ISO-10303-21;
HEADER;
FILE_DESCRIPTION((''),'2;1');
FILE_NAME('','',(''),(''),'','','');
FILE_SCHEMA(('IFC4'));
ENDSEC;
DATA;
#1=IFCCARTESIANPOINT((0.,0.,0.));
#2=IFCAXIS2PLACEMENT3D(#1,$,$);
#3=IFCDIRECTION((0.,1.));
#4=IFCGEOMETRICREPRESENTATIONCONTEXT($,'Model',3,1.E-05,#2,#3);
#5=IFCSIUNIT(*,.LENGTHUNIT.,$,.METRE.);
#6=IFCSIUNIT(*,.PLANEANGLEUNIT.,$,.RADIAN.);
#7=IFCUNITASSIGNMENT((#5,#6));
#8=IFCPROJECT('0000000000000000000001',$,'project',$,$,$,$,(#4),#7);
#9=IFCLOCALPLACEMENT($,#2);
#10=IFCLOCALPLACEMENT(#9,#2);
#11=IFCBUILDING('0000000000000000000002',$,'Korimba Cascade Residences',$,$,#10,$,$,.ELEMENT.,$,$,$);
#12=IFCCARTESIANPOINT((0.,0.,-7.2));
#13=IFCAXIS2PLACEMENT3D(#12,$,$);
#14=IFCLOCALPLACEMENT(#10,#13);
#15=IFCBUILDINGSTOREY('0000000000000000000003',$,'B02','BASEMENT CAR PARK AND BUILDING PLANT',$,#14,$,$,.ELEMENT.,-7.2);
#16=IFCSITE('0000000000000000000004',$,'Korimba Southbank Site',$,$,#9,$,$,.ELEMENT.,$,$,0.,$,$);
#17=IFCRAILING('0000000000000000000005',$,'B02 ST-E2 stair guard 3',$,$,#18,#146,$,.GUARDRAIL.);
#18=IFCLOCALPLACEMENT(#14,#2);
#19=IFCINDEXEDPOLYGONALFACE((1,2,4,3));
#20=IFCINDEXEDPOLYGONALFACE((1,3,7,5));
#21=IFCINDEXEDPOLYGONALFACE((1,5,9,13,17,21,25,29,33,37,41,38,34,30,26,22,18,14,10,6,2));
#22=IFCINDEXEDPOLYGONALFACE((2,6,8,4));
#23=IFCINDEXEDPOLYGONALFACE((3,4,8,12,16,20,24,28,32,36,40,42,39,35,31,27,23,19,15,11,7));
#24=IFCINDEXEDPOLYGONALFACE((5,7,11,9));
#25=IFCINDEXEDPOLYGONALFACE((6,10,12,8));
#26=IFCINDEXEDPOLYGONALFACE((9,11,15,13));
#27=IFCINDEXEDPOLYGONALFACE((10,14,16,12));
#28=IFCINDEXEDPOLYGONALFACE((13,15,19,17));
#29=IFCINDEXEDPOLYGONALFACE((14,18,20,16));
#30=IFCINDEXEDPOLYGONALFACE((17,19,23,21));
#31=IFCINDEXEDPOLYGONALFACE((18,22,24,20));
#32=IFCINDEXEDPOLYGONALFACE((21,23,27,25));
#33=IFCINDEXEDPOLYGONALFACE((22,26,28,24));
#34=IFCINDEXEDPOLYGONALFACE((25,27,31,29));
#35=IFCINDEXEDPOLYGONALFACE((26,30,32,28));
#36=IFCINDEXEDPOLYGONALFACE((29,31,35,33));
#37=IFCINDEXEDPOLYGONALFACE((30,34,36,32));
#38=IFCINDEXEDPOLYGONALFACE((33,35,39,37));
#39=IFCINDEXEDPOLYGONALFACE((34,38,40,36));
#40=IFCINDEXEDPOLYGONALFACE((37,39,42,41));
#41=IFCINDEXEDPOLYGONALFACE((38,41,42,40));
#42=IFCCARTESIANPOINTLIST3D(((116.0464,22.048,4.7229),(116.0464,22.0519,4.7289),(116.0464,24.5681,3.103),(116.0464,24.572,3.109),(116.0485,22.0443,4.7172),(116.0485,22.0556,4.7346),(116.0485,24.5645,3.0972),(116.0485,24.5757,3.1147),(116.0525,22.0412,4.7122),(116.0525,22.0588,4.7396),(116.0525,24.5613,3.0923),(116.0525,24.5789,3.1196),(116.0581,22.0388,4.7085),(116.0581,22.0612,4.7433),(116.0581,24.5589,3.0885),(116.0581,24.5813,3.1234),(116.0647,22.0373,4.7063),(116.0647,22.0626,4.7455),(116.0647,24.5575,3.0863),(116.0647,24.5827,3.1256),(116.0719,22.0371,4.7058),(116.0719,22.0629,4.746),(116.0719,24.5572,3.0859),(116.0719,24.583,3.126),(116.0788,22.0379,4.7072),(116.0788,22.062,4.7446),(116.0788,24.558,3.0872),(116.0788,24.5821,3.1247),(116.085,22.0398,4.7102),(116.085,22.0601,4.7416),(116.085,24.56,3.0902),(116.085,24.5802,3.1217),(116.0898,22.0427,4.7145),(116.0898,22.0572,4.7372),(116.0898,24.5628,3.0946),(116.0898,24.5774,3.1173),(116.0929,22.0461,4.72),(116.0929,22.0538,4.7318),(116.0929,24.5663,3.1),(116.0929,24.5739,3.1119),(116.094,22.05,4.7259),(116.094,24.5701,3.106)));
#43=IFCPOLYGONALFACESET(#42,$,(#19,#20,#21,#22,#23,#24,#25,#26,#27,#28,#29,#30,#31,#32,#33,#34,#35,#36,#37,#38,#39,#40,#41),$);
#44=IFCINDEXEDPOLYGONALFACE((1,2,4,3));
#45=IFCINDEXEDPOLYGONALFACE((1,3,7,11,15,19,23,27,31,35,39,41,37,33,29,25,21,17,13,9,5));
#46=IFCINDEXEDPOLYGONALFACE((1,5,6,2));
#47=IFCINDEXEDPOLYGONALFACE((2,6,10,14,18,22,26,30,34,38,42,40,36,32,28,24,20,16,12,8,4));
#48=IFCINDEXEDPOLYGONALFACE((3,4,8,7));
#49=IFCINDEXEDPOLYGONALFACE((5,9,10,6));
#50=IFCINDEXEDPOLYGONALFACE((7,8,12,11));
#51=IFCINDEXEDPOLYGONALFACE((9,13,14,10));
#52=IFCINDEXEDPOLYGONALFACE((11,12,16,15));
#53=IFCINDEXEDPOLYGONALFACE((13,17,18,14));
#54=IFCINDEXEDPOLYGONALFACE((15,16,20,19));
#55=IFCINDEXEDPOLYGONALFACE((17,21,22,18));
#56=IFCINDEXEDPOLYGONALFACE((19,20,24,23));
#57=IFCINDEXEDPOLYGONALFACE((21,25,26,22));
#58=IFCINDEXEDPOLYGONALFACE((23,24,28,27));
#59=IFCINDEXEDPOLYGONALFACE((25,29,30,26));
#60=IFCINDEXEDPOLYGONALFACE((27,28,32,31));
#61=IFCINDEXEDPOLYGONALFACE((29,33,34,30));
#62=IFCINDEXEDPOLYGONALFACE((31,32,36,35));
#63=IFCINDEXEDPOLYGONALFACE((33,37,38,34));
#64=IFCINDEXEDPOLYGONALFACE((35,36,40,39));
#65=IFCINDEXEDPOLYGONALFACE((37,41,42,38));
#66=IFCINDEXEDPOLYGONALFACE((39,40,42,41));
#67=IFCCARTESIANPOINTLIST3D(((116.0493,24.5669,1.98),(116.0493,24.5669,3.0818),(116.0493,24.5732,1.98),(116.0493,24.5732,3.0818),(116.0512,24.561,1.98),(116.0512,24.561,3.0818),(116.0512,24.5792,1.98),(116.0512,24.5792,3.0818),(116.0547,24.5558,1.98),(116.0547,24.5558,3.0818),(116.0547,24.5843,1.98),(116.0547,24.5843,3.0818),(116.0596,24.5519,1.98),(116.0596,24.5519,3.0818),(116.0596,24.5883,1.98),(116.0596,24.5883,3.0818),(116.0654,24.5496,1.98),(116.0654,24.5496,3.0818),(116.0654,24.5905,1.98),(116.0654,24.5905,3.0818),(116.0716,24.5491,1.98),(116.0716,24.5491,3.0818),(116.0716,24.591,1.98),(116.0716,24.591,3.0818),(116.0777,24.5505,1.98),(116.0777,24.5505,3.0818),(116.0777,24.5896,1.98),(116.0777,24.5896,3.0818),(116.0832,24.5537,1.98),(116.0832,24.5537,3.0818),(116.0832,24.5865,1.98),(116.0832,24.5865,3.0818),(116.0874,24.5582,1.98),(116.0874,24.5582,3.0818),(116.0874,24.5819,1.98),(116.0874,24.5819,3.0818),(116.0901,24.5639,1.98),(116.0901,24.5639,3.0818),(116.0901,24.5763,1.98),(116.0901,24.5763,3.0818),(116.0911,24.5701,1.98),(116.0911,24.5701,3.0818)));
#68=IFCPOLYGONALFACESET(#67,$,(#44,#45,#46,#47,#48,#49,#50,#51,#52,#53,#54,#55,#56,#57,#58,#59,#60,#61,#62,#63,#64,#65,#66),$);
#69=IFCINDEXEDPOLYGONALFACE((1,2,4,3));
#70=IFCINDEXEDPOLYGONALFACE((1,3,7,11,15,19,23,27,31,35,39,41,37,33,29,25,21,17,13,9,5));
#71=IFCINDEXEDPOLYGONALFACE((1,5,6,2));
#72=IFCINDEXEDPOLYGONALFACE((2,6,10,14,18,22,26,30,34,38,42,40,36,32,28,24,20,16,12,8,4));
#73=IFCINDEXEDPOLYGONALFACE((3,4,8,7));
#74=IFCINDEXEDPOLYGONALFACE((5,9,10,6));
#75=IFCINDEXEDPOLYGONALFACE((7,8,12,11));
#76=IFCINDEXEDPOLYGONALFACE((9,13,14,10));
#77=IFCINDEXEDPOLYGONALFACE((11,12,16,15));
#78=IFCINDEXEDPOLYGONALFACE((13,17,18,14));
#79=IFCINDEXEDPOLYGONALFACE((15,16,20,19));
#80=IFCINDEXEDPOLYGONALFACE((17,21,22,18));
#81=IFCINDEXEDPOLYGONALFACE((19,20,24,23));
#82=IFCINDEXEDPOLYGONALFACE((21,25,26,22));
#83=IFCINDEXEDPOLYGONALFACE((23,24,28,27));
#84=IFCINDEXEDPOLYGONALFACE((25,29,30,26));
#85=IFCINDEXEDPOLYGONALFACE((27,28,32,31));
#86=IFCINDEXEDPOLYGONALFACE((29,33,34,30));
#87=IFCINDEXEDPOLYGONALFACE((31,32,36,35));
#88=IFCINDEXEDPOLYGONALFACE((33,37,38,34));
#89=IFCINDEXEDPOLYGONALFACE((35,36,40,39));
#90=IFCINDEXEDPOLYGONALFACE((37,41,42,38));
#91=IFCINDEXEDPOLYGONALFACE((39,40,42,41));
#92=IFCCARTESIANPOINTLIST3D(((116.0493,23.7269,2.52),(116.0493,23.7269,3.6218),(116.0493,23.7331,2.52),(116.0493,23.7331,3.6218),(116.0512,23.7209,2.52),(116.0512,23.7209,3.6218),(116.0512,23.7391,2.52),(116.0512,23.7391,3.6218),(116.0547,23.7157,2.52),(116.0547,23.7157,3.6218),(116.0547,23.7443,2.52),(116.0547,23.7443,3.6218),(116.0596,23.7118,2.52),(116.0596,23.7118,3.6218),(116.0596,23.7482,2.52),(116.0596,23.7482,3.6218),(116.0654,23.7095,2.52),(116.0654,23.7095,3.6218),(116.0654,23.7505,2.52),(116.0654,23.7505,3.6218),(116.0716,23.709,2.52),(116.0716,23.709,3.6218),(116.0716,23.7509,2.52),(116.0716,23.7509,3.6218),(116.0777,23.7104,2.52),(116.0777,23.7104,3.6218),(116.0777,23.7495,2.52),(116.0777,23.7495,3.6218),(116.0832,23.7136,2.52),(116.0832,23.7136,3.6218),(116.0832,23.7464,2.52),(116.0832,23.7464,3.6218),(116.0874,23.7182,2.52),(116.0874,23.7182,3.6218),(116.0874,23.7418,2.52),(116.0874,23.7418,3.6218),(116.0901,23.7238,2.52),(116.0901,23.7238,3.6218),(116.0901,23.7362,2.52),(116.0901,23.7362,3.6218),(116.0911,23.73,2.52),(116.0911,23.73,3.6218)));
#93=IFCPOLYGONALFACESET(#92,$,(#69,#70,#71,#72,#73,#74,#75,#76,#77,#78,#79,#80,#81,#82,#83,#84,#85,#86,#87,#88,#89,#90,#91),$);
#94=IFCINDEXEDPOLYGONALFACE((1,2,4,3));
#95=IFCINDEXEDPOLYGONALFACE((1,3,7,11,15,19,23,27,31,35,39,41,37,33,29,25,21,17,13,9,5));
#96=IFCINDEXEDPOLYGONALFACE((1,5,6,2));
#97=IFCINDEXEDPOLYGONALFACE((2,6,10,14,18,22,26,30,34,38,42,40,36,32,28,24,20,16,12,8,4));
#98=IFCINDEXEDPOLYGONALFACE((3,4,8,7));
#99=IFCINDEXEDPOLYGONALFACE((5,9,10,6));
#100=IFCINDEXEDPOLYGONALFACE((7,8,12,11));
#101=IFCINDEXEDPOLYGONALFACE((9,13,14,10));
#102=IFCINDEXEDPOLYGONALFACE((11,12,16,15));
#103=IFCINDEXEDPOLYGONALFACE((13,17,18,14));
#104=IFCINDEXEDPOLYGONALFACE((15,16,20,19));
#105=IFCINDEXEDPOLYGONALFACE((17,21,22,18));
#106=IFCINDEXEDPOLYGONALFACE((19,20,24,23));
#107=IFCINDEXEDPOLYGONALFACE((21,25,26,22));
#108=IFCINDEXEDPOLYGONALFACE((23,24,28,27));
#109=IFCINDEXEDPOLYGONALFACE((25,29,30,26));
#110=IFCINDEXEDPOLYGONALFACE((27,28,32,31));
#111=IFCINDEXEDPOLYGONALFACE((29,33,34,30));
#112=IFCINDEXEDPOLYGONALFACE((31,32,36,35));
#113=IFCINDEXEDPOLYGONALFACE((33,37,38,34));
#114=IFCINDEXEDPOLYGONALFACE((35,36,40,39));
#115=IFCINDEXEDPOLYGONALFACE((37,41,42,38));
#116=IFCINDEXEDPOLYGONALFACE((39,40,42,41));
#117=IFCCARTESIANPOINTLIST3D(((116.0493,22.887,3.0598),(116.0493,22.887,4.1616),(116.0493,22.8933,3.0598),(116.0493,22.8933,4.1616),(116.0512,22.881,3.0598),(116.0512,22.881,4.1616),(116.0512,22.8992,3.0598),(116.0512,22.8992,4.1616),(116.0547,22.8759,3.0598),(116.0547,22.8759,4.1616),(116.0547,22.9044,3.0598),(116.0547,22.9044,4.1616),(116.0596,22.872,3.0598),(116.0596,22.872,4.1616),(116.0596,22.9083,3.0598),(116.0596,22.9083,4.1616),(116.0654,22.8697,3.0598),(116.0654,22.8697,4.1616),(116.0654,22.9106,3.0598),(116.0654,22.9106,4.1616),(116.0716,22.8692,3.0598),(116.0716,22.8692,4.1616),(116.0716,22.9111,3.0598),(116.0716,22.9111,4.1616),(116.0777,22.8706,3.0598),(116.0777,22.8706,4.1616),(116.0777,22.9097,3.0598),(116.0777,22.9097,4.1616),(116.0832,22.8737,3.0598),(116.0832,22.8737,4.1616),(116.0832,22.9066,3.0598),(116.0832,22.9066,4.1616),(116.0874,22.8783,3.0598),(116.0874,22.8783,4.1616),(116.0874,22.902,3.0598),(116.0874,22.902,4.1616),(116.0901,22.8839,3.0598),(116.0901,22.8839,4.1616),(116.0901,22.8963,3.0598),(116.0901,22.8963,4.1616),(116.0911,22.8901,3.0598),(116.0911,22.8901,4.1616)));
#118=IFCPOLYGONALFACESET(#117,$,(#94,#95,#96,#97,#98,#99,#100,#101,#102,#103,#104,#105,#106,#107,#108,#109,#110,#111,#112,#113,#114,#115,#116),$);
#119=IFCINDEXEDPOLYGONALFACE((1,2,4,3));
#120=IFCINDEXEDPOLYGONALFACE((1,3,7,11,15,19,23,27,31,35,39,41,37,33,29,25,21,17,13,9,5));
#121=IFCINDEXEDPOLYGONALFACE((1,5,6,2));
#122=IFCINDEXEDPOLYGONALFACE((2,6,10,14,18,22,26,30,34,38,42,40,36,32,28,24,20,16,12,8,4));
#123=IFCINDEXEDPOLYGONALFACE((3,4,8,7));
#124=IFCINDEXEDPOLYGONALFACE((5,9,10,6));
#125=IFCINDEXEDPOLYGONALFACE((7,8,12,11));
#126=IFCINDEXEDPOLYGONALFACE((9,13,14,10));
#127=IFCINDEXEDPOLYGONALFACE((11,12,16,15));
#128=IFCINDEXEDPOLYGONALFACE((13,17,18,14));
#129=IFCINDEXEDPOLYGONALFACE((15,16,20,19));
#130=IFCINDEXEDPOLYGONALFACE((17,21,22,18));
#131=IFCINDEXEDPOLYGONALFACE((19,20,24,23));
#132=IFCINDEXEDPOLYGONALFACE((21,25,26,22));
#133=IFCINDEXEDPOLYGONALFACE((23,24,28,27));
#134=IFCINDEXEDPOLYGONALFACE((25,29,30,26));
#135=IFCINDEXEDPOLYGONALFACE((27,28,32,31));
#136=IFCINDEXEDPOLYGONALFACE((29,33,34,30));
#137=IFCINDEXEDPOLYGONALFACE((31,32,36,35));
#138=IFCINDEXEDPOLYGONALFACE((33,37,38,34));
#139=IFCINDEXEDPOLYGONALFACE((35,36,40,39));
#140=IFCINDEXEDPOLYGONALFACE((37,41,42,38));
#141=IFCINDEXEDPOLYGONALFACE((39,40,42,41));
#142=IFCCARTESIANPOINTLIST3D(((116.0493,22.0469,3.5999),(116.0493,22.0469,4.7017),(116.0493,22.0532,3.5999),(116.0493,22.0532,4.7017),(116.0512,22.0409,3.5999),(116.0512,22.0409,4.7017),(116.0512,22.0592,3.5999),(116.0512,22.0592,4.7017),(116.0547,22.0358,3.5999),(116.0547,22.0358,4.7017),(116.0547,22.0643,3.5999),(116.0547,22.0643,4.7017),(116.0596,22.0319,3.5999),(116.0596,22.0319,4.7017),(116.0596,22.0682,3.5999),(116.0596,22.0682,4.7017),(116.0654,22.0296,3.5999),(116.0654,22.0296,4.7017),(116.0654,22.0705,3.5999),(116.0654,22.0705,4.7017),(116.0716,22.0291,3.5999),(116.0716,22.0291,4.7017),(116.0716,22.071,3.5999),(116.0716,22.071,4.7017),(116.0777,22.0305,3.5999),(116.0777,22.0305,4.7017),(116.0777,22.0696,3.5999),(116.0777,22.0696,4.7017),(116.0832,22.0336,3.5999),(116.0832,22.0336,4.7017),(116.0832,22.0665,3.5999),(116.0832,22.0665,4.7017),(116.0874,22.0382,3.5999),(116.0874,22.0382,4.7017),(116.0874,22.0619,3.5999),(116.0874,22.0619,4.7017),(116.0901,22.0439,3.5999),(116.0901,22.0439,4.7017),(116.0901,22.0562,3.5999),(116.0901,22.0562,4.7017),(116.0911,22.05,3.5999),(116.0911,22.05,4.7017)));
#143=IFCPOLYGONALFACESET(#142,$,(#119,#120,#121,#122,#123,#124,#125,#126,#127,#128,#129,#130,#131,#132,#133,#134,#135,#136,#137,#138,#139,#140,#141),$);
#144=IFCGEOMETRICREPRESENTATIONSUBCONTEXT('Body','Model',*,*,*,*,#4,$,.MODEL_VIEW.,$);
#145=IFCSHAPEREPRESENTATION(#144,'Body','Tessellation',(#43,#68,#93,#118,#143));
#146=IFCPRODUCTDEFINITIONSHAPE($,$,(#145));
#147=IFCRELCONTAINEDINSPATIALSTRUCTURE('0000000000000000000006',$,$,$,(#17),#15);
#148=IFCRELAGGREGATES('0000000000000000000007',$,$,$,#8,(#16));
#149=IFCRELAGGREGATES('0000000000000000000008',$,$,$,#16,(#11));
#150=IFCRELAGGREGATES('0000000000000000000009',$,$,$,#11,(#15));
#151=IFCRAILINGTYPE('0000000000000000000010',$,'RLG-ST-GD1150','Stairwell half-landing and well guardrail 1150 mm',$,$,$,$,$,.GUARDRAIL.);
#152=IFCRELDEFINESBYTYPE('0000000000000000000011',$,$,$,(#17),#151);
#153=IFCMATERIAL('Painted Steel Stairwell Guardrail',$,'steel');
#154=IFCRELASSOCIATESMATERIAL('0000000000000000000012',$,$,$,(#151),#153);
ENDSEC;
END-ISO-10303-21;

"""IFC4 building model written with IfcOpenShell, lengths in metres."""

from ifc_helpers import new_model, si_unit, direction, frame, origin, origin_2d, place, context, subcontext, project, spatial, circle, extrude, material, type_object, element, save


model = new_model("IFC4")

# Units and contexts
model_context = context("Model", 3, precision=1e-05, world=origin(), true_north=direction((0.0, 1.0)))
body_context = subcontext(model_context, "Body", "Model", "MODEL_VIEW")
ifc_project = project(units=[si_unit("LENGTHUNIT", "METRE"), si_unit("PLANEANGLEUNIT", "RADIAN")], contexts=[model_context])

# Site, building, storey
site_placement = place(None, origin())
site = spatial("IfcSite", under=ifc_project, at=site_placement, Name="Korimba Southbank Site", CompositionType="ELEMENT", RefElevation=0.0)
building_placement = place(site_placement, origin())
building = spatial("IfcBuilding", under=site, at=building_placement, Name="Korimba Cascade Residences", CompositionType="ELEMENT")
storey_placement = place(building_placement, frame((0.0, 0.0, -7.2)))
storey = spatial("IfcBuildingStorey", under=building, at=storey_placement, Name="B02", Description="BASEMENT CAR PARK AND BUILDING PLANT", CompositionType="ELEMENT", Elevation=-7.2)

# Railing
ifc_material_1 = material(Name="Painted Steel Stairwell Guardrail", Category="steel")
railing_type_1 = type_object("IfcRailingType", Name="RLG-ST-GD1150", Description="Stairwell half-landing and well guardrail 1150 mm", PredefinedType="GUARDRAIL", material=ifc_material_1)
railing_1_placement = place(storey_placement, frame((116.0701, 24.5701, 1.98)))
element("IfcRailing", 1, at=railing_1_placement, inside=storey, type_object=railing_type_1, Name="B02 ST-E2 stair guard 3", PredefinedType="GUARDRAIL", context=body_context, shape_type="SweptSolid", body=[
    extrude(circle(Radius=0.0239, at=origin_2d()), frame((0.0, 0.0, 1.126), z_axis=(0.0, -0.8412, 0.540725), x_axis=(1.0, 0.0, 0.0)), (0.0, 0.0, 1.0), 2.9958),
    extrude(circle(Radius=0.021, at=origin_2d()), origin(), (0.0, 0.0, 1.0), 1.1018),
    extrude(circle(Radius=0.021, at=origin_2d()), frame((0.0, -0.8401, 0.54)), (0.0, 0.0, 1.0), 1.1018),
    extrude(circle(Radius=0.021, at=origin_2d()), frame((0.0, -1.6799, 1.0798)), (0.0, 0.0, 1.0), 1.1018),
    extrude(circle(Radius=0.021, at=origin_2d()), frame((0.0, -2.52, 1.6199)), (0.0, 0.0, 1.0), 1.1018),
])

save(model, "model.ifc")
